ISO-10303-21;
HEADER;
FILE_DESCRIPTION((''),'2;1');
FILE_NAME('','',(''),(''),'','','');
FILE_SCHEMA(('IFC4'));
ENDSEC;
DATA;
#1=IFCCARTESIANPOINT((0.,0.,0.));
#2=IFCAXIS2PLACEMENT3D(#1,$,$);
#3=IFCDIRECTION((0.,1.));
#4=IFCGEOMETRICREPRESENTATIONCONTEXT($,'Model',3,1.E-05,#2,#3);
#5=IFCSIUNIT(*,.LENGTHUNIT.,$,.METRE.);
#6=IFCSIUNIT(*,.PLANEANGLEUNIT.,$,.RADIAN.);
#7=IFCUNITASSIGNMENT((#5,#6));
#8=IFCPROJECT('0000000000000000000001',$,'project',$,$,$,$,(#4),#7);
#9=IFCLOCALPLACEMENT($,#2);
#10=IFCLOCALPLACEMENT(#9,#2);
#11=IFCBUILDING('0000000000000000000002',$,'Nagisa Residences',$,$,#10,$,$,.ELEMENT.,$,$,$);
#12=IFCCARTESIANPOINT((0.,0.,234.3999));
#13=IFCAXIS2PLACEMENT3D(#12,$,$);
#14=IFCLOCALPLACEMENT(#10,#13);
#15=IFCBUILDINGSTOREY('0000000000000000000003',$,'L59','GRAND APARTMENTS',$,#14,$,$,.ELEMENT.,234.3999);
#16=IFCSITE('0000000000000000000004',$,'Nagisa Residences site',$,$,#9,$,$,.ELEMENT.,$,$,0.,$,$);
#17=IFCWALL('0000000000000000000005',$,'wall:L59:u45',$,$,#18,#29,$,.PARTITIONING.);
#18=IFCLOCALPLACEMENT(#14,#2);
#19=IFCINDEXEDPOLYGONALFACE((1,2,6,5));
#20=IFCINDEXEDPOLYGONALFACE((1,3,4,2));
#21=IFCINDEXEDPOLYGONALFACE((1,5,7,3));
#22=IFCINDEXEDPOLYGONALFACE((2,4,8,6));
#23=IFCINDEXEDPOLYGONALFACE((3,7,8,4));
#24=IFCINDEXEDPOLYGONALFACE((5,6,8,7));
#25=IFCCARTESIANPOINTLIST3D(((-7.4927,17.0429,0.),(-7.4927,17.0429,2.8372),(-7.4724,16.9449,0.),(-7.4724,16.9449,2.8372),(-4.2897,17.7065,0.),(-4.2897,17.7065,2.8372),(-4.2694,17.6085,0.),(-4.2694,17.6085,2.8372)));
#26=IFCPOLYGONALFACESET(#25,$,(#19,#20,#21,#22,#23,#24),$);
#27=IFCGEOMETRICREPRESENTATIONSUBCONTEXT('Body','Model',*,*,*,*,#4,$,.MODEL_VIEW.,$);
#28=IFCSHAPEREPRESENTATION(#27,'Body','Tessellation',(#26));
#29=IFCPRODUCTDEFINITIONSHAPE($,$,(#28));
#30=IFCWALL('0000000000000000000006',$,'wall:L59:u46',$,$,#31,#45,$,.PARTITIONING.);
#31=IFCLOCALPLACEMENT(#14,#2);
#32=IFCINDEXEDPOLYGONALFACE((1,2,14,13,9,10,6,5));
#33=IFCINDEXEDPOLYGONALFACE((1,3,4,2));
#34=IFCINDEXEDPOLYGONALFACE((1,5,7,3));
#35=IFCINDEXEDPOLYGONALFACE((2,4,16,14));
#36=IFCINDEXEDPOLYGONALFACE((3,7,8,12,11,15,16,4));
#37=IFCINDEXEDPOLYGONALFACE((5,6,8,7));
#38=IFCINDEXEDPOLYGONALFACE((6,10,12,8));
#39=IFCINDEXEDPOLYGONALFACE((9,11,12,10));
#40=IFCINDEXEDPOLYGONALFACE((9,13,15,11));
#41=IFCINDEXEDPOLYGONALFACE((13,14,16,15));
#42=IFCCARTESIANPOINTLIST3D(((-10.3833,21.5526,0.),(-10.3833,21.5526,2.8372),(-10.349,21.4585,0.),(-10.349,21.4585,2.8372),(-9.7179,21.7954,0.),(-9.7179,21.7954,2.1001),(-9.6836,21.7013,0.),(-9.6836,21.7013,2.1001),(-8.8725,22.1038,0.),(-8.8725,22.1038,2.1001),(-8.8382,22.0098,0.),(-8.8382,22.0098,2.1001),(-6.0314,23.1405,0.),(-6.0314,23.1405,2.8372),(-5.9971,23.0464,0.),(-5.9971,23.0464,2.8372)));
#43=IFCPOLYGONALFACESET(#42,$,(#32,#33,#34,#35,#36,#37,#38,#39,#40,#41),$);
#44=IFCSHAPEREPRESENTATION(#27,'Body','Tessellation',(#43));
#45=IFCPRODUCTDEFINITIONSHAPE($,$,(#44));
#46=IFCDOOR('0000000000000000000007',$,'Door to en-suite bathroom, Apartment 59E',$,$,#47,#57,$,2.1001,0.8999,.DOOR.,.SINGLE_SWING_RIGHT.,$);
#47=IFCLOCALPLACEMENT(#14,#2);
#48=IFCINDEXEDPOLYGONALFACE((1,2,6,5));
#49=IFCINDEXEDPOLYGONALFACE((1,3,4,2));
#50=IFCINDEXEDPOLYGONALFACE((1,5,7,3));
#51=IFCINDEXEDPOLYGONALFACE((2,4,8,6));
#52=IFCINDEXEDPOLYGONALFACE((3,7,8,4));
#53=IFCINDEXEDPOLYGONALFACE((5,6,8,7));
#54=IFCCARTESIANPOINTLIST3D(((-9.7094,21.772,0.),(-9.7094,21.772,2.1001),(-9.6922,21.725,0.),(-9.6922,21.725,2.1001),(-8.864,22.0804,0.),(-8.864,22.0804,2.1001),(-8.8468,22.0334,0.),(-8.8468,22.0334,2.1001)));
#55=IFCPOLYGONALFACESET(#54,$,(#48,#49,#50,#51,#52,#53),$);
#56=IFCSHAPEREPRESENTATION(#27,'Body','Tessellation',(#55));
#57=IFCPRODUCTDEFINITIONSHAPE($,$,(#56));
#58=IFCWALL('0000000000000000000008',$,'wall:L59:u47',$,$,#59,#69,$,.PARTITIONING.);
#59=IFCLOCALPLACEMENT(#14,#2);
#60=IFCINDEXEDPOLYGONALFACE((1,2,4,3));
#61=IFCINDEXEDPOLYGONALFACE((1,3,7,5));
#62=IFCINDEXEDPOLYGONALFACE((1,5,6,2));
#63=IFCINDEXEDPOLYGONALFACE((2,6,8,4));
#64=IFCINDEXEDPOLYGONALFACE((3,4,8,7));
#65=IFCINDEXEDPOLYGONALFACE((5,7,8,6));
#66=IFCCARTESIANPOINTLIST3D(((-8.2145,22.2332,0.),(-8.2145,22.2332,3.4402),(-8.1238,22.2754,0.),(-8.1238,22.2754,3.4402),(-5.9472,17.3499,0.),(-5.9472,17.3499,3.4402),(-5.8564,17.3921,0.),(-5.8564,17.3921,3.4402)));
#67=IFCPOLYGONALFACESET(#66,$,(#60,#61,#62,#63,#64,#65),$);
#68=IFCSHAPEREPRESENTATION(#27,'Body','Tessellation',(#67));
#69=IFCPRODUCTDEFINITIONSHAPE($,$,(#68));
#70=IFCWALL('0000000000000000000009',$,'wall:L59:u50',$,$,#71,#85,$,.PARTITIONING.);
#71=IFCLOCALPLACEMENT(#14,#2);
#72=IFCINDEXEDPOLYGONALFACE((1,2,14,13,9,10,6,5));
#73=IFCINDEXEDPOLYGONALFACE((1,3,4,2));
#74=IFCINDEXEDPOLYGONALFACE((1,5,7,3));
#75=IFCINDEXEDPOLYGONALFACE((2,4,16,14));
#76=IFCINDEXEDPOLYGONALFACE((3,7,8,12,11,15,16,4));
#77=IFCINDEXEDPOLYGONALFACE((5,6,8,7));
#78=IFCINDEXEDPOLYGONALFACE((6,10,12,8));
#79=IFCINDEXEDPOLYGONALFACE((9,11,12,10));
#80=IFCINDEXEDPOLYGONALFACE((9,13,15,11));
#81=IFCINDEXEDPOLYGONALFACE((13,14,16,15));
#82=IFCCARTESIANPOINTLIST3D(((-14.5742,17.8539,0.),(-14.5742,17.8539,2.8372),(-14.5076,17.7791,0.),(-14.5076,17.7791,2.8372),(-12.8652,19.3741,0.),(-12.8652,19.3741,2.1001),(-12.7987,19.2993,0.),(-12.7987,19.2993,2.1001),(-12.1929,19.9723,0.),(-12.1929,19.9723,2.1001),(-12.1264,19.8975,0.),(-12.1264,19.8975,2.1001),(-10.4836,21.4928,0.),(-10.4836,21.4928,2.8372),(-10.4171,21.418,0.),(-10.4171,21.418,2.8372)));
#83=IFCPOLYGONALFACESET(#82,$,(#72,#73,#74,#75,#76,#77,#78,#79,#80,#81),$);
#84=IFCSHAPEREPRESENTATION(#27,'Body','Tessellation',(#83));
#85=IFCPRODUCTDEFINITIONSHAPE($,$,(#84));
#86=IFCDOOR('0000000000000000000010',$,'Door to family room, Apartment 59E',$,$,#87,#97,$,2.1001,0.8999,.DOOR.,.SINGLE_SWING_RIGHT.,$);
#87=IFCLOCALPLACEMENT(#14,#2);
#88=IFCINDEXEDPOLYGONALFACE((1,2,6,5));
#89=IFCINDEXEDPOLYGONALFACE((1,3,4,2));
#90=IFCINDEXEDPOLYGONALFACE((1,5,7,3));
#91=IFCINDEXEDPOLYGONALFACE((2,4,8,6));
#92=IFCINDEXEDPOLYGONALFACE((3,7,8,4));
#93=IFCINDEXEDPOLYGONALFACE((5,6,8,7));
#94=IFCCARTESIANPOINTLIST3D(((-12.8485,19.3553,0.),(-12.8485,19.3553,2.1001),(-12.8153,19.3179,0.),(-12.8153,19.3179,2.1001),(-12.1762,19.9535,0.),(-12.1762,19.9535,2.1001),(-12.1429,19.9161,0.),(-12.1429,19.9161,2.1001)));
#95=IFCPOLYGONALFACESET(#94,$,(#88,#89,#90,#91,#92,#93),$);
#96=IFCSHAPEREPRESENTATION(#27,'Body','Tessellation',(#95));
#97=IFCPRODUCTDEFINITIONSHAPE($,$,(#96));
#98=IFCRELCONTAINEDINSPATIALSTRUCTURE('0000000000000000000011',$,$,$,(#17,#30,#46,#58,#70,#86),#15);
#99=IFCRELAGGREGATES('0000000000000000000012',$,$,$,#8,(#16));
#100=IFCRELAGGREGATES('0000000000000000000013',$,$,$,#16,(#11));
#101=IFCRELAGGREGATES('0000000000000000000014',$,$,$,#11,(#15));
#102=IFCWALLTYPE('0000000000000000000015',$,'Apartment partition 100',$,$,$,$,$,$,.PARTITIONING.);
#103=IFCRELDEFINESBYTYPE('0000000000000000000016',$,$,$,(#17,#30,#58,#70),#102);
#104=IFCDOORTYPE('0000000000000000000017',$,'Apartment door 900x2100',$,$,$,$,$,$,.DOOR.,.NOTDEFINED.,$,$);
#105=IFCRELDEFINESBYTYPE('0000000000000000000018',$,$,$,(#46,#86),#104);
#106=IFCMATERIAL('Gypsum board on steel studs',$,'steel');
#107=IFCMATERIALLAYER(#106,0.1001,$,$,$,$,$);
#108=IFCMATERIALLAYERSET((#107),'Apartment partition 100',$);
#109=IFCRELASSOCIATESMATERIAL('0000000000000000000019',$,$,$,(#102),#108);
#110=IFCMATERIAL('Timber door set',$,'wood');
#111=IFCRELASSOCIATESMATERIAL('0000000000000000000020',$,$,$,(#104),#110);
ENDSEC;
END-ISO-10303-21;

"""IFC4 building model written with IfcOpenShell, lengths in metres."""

from ifc_helpers import new_model, si_unit, direction, frame, frame_2d, origin, place, context, subcontext, project, spatial, rectangle, extrude, material, layer, layer_set, type_object, element, fill, save


model = new_model("IFC4")

# Units and contexts
model_context = context("Model", 3, precision=1e-05, world=origin(), true_north=direction((0.0, 1.0)))
body_context = subcontext(model_context, "Body", "Model", "MODEL_VIEW")
ifc_project = project(units=[si_unit("LENGTHUNIT", "METRE"), si_unit("PLANEANGLEUNIT", "RADIAN")], contexts=[model_context])

# Site, building, storey
site_placement = place(None, origin())
site = spatial("IfcSite", under=ifc_project, at=site_placement, Name="Nagisa Residences site", CompositionType="ELEMENT", RefElevation=0.0)
building_placement = place(site_placement, origin())
building = spatial("IfcBuilding", under=site, at=building_placement, Name="Nagisa Residences", CompositionType="ELEMENT")
storey_placement = place(building_placement, frame((0.0, 0.0, 234.3999)))
storey = spatial("IfcBuildingStorey", under=building, at=storey_placement, Name="L59", Description="GRAND APARTMENTS", CompositionType="ELEMENT", Elevation=234.3999)

# Shared definitions
ifc_material_1 = material(Name="Gypsum board on steel studs", Category="steel")
ifc_layer_1 = layer(ifc_material_1, 0.1001)
ifc_layer_set_1 = layer_set([ifc_layer_1], Name="Apartment partition 100")
wall_type_1 = type_object("IfcWallType", Name="Apartment partition 100", PredefinedType="PARTITIONING", material=ifc_layer_set_1)

# Shared definitions
ifc_material_2 = material(Name="Timber door set", Category="wood")
door_type_1 = type_object("IfcDoorType", Name="Apartment door 900x2100", OperationType="NOTDEFINED", PredefinedType="DOOR", material=ifc_material_2)

# Wall
wall_1_placement = place(storey_placement, frame((-4.2795, 17.6575, 0.0), z_axis=(0.0, 0.0, 1.0), x_axis=(-0.979205, -0.202872, 0.0)))
element("IfcWall", 1, at=wall_1_placement, inside=storey, type_object=wall_type_1, Name="wall:L59:u45", PredefinedType="PARTITIONING", context=body_context, shape_type="SweptSolid", body=[
    extrude(rectangle(XDim=3.271, YDim=0.1001, at=frame_2d((1.6355, 0.0))), origin(), (0.0, 0.0, 1.0), 2.8372),
])

# Wall, opening, door
wall_2_placement = place(storey_placement, frame((-6.0142, 23.0935, 0.0), z_axis=(0.0, 0.0, 1.0), x_axis=(-0.939417, -0.342775, 0.0)))
wall_2 = element("IfcWall", 2, at=wall_2_placement, inside=storey, type_object=wall_type_1, Name="wall:L59:u46", PredefinedType="PARTITIONING", context=body_context, shape_type="SweptSolid", body=[
    extrude(rectangle(XDim=4.6326, YDim=0.1001, at=frame_2d((2.3164, 0.0))), origin(), (0.0, 0.0, 1.0), 2.8372),
])
opening_1_placement = place(wall_2_placement, frame((3.0244, 0.0, 0.0)))
opening_1 = element("IfcOpeningElement", 3, at=opening_1_placement, cuts=wall_2, PredefinedType="OPENING", context=body_context, shape_type="SweptSolid", body=[
    extrude(rectangle(XDim=0.8999, YDim=2.1001, at=frame_2d((0.45, 1.05))), frame((0.0, 0.0601, 0.0), z_axis=(0.0, -1.0, 0.0), x_axis=(1.0, 0.0, 0.0)), (0.0, 0.0, 1.0), 0.1201),
])
door_1_placement = place(opening_1_placement, origin())
door_1 = element("IfcDoor", 4, at=door_1_placement, inside=storey, type_object=door_type_1, Name="Door to en-suite bathroom, Apartment 59E", OperationType="SINGLE_SWING_RIGHT", OverallHeight=2.1001, OverallWidth=0.8999, PredefinedType="DOOR", context=body_context, shape_type="SweptSolid", body=[
    extrude(rectangle(XDim=0.8999, YDim=2.1001, at=frame_2d((0.45, 1.05))), frame((0.0, 0.0249, 0.0), z_axis=(0.0, -1.0, 0.0), x_axis=(1.0, 0.0, 0.0)), (0.0, 0.0, 1.0), 0.05),
])
fill(opening_1, door_1)

# Wall
wall_3_placement = place(storey_placement, frame((-5.9019, 17.3711, 0.0), z_axis=(0.0, 0.0, 1.0), x_axis=(-0.421125, 0.907003, 0.0)))
element("IfcWall", 5, at=wall_3_placement, inside=storey, type_object=wall_type_1, Name="wall:L59:u47", PredefinedType="PARTITIONING", context=body_context, shape_type="SweptSolid", body=[
    extrude(rectangle(XDim=5.384, YDim=0.1001, at=frame_2d((2.6919, 0.0))), origin(), (0.0, 0.0, 1.0), 3.4402),
])

# Wall, opening, door
wall_4_placement = place(storey_placement, frame((-10.4504, 21.4553, 0.0), z_axis=(0.0, 0.0, 1.0), x_axis=(-0.747151, -0.664654, 0.0)))
wall_4 = element("IfcWall", 6, at=wall_4_placement, inside=storey, type_object=wall_type_1, Name="wall:L59:u50", PredefinedType="PARTITIONING", context=body_context, shape_type="SweptSolid", body=[
    extrude(rectangle(XDim=5.4749, YDim=0.1001, at=frame_2d((2.7373, 0.0))), origin(), (0.0, 0.0, 1.0), 2.8372),
])
opening_2_placement = place(wall_4_placement, frame((2.2876, 0.0, 0.0)))
opening_2 = element("IfcOpeningElement", 7, at=opening_2_placement, cuts=wall_4, PredefinedType="OPENING", context=body_context, shape_type="SweptSolid", body=[
    extrude(rectangle(XDim=0.8999, YDim=2.1001, at=frame_2d((0.45, 1.05))), frame((0.0, 0.0601, 0.0), z_axis=(0.0, -1.0, 0.0), x_axis=(1.0, 0.0, 0.0)), (0.0, 0.0, 1.0), 0.1201),
])
door_2_placement = place(opening_2_placement, frame((0.8999, 0.0, 0.0), x_axis=(-1.0, 0.0, 0.0)))
door_2 = element("IfcDoor", 8, at=door_2_placement, inside=storey, type_object=door_type_1, Name="Door to family room, Apartment 59E", OperationType="SINGLE_SWING_RIGHT", OverallHeight=2.1001, OverallWidth=0.8999, PredefinedType="DOOR", context=body_context, shape_type="SweptSolid", body=[
    extrude(rectangle(XDim=0.8999, YDim=2.1001, at=frame_2d((0.45, 1.05))), frame((0.0, 0.0249, 0.0), z_axis=(0.0, -1.0, 0.0), x_axis=(1.0, 0.0, 0.0)), (0.0, 0.0, 1.0), 0.05),
])
fill(opening_2, door_2)

save(model, "model.ifc")
